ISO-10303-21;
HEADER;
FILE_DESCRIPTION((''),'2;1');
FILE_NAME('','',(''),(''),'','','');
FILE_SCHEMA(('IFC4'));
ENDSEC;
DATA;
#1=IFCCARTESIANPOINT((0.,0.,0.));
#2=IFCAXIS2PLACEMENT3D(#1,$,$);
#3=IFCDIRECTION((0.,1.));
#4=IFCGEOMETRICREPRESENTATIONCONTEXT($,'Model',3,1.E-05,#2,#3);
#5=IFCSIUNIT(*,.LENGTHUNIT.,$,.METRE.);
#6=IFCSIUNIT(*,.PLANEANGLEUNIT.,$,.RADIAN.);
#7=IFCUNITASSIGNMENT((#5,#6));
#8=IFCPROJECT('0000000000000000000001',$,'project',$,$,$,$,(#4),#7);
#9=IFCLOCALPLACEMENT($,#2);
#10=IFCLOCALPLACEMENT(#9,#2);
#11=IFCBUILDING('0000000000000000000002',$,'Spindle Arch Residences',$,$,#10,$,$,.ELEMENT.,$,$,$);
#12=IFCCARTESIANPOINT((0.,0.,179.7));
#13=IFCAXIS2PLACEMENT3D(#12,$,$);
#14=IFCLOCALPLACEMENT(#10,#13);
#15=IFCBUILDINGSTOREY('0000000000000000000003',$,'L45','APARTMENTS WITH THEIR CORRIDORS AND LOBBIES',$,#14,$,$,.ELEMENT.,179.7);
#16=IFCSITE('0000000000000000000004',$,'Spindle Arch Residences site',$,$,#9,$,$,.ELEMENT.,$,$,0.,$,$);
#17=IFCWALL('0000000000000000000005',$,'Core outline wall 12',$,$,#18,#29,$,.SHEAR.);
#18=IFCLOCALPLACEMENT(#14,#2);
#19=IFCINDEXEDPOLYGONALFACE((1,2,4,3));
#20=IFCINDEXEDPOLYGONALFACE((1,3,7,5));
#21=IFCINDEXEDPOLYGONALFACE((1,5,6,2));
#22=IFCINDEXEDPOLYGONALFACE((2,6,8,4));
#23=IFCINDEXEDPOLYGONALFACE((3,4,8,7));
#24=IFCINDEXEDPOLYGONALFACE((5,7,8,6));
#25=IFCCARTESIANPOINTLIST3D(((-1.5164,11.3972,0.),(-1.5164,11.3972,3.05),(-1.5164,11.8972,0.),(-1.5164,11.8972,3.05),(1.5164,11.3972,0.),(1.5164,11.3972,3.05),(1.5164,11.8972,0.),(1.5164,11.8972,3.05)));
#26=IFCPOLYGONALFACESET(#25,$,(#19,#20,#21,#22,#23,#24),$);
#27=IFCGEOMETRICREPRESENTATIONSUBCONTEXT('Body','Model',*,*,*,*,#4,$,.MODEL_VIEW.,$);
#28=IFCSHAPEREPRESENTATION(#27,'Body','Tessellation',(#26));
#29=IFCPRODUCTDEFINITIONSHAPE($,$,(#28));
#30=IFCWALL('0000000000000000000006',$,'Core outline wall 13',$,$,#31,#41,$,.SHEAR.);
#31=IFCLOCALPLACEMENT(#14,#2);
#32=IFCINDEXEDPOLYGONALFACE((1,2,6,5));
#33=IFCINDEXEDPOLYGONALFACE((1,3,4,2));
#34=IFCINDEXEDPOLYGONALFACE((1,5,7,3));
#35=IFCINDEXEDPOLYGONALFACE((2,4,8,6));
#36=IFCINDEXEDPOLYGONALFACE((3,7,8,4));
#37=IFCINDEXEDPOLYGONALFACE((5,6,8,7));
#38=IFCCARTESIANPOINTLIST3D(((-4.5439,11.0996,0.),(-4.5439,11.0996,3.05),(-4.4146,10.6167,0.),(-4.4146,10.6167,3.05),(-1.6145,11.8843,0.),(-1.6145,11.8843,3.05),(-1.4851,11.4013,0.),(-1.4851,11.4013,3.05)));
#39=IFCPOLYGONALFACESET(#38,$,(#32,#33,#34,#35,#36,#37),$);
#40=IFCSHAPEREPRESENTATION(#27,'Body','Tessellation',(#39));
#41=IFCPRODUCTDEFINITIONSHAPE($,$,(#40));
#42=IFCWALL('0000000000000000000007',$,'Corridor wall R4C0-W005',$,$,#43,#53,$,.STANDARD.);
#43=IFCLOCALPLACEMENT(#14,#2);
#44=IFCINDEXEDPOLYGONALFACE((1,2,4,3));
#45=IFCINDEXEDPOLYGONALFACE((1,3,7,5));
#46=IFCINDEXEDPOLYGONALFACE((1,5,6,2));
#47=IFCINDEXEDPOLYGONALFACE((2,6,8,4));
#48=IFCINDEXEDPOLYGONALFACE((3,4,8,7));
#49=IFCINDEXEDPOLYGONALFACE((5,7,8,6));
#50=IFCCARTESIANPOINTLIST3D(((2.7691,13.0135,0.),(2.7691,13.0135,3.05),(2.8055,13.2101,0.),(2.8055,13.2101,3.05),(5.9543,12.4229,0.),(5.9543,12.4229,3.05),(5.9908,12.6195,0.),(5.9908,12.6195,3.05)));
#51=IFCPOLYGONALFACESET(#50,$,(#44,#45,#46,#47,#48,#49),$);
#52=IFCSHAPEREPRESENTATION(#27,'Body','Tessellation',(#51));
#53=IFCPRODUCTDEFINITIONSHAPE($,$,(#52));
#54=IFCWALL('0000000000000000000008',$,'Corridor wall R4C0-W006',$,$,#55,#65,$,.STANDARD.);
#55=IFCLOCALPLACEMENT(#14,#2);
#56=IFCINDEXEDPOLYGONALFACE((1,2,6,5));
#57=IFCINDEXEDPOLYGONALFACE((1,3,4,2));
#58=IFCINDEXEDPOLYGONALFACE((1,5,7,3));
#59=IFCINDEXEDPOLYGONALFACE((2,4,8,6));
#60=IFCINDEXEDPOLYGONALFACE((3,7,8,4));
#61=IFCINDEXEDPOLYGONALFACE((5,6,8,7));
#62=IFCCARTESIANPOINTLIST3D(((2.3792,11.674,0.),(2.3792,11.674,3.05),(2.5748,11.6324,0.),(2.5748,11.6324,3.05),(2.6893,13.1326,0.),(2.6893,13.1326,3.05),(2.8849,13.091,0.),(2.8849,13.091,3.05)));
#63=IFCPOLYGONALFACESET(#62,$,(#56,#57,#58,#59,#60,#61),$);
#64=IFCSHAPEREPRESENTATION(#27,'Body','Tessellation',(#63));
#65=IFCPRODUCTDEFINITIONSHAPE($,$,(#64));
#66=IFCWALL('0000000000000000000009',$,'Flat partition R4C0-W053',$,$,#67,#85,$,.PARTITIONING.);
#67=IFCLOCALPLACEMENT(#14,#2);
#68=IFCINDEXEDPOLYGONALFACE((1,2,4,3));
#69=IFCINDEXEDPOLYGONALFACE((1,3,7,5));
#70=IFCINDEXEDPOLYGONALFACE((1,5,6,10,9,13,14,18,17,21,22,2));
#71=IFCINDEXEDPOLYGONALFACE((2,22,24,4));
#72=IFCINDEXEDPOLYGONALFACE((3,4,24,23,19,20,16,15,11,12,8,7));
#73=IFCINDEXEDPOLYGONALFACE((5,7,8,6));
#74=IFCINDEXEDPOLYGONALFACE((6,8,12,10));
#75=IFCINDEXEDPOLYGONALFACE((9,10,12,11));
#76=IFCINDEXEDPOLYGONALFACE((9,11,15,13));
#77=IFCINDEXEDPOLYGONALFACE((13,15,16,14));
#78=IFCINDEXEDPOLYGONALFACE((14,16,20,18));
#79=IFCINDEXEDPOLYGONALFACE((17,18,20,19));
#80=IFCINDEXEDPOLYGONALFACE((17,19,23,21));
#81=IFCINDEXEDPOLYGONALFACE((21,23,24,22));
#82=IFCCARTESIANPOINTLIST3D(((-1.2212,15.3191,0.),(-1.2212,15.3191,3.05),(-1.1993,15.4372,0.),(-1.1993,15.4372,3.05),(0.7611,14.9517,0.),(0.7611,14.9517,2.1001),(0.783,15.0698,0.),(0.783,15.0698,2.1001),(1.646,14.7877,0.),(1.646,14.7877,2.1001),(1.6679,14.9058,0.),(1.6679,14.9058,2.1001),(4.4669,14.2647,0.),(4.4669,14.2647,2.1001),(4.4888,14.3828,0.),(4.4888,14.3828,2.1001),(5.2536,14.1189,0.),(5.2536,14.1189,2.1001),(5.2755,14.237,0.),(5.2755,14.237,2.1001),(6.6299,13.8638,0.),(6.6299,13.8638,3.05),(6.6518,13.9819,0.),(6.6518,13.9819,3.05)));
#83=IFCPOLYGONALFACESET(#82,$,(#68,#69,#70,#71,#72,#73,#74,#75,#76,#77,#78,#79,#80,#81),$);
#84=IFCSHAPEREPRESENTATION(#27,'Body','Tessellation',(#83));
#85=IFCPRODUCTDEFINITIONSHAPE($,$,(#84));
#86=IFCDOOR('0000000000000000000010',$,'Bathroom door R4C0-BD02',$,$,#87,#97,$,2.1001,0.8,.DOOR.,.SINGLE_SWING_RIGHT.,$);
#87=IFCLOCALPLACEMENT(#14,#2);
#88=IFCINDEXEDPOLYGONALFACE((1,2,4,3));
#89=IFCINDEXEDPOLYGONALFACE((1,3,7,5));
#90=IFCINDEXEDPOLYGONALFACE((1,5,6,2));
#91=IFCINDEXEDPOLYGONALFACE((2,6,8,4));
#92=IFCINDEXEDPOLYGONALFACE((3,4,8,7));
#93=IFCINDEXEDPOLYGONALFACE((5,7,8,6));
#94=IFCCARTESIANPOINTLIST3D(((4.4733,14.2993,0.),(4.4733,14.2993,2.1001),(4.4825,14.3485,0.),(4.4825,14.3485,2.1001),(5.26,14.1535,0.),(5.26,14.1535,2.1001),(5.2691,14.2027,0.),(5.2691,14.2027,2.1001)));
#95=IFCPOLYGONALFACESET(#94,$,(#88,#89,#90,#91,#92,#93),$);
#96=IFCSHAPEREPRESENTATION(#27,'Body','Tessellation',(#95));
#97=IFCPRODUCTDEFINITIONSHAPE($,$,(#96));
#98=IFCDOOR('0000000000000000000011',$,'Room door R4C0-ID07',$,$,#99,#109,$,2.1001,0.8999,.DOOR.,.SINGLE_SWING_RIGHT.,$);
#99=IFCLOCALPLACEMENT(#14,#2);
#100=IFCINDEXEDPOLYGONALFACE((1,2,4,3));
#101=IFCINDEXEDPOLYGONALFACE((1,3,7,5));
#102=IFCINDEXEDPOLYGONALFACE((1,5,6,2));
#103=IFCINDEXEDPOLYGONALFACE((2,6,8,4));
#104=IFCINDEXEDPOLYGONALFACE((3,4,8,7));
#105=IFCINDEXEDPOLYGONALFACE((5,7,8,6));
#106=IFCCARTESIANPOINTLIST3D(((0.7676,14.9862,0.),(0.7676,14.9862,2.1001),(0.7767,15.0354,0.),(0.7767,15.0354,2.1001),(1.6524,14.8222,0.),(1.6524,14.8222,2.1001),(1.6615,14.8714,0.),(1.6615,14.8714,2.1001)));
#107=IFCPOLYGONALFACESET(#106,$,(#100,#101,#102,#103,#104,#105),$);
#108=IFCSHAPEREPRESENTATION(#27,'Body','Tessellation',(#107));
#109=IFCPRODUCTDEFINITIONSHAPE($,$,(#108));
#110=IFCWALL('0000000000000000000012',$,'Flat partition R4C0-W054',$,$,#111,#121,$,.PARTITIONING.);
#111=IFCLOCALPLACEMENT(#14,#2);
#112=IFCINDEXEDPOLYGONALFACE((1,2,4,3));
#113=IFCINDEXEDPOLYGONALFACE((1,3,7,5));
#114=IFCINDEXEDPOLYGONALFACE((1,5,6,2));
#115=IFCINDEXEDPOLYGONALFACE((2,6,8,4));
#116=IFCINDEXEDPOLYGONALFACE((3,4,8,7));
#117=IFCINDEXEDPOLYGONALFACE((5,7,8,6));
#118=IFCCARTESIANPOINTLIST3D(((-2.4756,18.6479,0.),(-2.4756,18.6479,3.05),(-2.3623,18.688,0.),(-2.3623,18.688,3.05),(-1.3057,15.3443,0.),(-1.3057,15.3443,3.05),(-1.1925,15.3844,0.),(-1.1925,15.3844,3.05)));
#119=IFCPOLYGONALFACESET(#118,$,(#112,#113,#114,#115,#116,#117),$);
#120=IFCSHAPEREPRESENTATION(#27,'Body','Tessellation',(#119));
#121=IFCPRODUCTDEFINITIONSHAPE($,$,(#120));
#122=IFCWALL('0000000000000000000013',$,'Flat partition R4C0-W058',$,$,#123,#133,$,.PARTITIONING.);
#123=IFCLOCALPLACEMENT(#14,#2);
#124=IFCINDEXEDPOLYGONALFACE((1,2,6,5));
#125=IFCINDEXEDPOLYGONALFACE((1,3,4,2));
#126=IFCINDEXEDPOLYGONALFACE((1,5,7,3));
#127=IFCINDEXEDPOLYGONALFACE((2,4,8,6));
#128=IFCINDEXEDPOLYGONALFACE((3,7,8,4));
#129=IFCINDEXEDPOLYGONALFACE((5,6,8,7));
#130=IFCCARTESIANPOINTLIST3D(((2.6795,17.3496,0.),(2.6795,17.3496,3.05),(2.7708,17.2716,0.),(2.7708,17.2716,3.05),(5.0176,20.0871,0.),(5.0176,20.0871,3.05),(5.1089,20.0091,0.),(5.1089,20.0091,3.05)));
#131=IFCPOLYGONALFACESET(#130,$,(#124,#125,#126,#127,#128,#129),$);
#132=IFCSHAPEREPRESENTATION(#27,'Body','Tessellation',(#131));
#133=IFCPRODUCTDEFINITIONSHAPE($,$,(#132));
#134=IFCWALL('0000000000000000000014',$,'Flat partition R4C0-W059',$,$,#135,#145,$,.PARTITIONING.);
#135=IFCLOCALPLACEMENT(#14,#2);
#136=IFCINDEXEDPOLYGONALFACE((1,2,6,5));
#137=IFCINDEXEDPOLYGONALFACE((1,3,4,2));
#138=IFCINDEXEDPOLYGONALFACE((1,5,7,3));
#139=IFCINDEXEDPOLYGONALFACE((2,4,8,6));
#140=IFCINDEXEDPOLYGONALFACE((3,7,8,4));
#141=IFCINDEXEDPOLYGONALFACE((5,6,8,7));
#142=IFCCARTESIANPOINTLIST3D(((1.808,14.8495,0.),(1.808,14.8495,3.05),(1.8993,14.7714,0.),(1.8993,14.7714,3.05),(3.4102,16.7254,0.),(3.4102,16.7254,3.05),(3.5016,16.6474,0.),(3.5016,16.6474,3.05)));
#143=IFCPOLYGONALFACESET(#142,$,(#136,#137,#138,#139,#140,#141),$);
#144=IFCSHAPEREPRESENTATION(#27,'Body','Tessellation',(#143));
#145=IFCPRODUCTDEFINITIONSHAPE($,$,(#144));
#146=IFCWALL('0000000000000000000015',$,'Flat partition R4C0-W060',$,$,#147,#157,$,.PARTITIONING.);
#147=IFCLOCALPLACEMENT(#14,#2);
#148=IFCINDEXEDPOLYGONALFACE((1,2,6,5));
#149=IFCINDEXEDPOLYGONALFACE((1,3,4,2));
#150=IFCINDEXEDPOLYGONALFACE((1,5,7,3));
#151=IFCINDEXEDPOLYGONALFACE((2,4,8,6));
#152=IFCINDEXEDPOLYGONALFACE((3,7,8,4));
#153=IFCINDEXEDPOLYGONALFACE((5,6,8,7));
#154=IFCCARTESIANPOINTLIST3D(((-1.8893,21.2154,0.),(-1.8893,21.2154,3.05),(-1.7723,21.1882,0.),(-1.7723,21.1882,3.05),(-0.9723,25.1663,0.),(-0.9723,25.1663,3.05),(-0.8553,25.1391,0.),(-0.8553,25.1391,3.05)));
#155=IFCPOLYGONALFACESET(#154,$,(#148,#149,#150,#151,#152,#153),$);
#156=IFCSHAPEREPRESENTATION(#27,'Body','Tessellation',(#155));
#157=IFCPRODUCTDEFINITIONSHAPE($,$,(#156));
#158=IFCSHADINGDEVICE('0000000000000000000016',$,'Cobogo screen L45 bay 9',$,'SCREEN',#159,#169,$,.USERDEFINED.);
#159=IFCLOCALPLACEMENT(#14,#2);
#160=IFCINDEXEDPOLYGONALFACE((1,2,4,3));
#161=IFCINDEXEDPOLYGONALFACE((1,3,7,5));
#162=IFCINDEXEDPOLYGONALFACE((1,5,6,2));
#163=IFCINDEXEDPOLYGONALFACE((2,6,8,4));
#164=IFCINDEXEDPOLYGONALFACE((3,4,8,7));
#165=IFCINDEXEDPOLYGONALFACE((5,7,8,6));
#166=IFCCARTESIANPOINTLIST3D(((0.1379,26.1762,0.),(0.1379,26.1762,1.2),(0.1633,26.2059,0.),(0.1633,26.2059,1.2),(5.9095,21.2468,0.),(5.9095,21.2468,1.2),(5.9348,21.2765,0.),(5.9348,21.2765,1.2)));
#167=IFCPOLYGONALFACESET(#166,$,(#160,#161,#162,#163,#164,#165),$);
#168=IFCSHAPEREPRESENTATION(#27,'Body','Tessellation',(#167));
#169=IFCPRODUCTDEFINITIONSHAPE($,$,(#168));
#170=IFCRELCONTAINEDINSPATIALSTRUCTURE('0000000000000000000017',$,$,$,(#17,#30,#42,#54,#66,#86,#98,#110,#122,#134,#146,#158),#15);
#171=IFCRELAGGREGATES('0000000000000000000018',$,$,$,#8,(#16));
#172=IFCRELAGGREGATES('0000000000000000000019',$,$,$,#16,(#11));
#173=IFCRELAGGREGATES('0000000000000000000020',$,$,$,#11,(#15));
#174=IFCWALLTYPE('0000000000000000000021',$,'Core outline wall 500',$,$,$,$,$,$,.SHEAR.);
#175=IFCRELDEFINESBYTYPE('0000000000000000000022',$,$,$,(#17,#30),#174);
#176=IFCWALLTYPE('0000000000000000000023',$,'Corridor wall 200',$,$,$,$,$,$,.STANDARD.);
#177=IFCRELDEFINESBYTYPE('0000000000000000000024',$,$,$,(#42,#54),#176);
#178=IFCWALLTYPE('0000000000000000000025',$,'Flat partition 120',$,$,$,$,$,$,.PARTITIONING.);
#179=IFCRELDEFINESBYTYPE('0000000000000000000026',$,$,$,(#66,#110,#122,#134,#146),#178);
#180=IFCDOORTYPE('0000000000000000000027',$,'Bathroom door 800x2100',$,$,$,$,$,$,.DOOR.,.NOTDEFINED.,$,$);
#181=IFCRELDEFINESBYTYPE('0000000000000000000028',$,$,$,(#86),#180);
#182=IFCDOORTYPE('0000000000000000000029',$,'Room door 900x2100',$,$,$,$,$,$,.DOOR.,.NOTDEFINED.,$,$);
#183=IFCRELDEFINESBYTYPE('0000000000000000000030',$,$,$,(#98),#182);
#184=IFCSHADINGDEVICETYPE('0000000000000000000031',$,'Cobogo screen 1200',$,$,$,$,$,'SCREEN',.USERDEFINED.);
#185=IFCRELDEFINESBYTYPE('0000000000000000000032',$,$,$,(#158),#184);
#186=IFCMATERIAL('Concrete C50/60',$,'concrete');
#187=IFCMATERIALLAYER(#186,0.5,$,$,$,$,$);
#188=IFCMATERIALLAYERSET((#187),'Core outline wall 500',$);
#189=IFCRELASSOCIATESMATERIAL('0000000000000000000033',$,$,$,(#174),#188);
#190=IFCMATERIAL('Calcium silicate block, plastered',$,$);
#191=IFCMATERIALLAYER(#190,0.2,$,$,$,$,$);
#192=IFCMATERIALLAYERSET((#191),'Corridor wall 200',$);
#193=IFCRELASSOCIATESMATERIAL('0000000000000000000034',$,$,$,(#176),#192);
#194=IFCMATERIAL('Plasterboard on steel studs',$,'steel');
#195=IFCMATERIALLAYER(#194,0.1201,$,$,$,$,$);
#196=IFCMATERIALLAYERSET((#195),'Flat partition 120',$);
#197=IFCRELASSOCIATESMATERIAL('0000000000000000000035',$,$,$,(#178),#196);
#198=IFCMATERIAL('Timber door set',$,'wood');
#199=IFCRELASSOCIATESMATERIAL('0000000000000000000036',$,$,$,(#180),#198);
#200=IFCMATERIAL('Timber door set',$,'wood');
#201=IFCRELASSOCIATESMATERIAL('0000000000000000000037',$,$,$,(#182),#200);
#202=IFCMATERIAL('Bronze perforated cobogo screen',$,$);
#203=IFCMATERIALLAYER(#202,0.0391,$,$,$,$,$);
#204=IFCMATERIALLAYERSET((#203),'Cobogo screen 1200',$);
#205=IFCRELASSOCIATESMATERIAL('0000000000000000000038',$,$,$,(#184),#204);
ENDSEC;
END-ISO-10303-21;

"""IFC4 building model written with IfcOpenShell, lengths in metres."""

from ifc_helpers import new_model, si_unit, direction, frame, frame_2d, origin, origin_2d, place, context, subcontext, project, spatial, rectangle, extrude, material, layer, layer_set, type_object, element, fill, save


model = new_model("IFC4")

# Units and contexts
model_context = context("Model", 3, precision=1e-05, world=origin(), true_north=direction((0.0, 1.0)))
body_context = subcontext(model_context, "Body", "Model", "MODEL_VIEW")
ifc_project = project(units=[si_unit("LENGTHUNIT", "METRE"), si_unit("PLANEANGLEUNIT", "RADIAN")], contexts=[model_context])

# Site, building, storey
site_placement = place(None, origin())
site = spatial("IfcSite", under=ifc_project, at=site_placement, Name="Spindle Arch Residences site", CompositionType="ELEMENT", RefElevation=0.0)
building_placement = place(site_placement, origin())
building = spatial("IfcBuilding", under=site, at=building_placement, Name="Spindle Arch Residences", CompositionType="ELEMENT")
storey_placement = place(building_placement, frame((0.0, 0.0, 179.7)))
storey = spatial("IfcBuildingStorey", under=building, at=storey_placement, Name="L45", Description="APARTMENTS WITH THEIR CORRIDORS AND LOBBIES", CompositionType="ELEMENT", Elevation=179.7)

# Walls
ifc_material_1 = material(Name="Concrete C50/60", Category="concrete")
ifc_layer_1 = layer(ifc_material_1, 0.5)
ifc_layer_set_1 = layer_set([ifc_layer_1], Name="Core outline wall 500")
wall_type_1 = type_object("IfcWallType", Name="Core outline wall 500", PredefinedType="SHEAR", material=ifc_layer_set_1)
for number, where, z_axis, x_axis, name in (
    (1, (1.5164, 11.6472, 0.0), (0.0, 0.0, 1.0), (-1.0, 0.0, 0.0), "Core outline wall 12"),
    (2, (-1.5498, 11.6428, 0.0), (0.0, 0.0, 1.0), (-0.965948, -0.258735, 0.0), "Core outline wall 13"),
):
    element("IfcWall", number, at=place(storey_placement, frame(where, z_axis=z_axis, x_axis=x_axis)), inside=storey, type_object=wall_type_1, Name=name, PredefinedType="SHEAR", context=body_context, shape_type="SweptSolid", body=[
        extrude(rectangle(XDim=3.0327, YDim=0.5, at=frame_2d((1.5164, 0.0))), origin(), (0.0, 0.0, 1.0), 3.05),
    ])
ifc_material_2 = material(Name="Calcium silicate block, plastered")
ifc_layer_2 = layer(ifc_material_2, 0.2)
ifc_layer_set_2 = layer_set([ifc_layer_2], Name="Corridor wall 200")
wall_type_2 = type_object("IfcWallType", Name="Corridor wall 200", PredefinedType="STANDARD", material=ifc_layer_set_2)
wall_1_placement = place(storey_placement, frame((5.9724, 12.5212, 0.0), z_axis=(0.0, 0.0, 1.0), x_axis=(-0.983243, 0.1823, 0.0)))
element("IfcWall", 3, at=wall_1_placement, inside=storey, type_object=wall_type_2, Name="Corridor wall R4C0-W005", PredefinedType="STANDARD", context=body_context, shape_type="SweptSolid", body=[
    extrude(rectangle(XDim=3.2395, YDim=0.2, at=frame_2d((1.6196, 0.0))), origin(), (0.0, 0.0, 1.0), 3.05),
])
wall_2_placement = place(storey_placement, frame((2.7871, 13.1118, 0.0), z_axis=(0.0, 0.0, 1.0), x_axis=(-0.207941, -0.978141, 0.0)))
element("IfcWall", 4, at=wall_2_placement, inside=storey, type_object=wall_type_2, Name="Corridor wall R4C0-W006", PredefinedType="STANDARD", context=body_context, shape_type="SweptSolid", body=[
    extrude(rectangle(XDim=1.4912, YDim=0.2, at=frame_2d((0.7456, 0.0))), origin(), (0.0, 0.0, 1.0), 3.05),
])

# Wall, openings, doors
ifc_material_3 = material(Name="Plasterboard on steel studs", Category="steel")
ifc_layer_3 = layer(ifc_material_3, 0.1201)
ifc_layer_set_3 = layer_set([ifc_layer_3], Name="Flat partition 120")
wall_type_3 = type_object("IfcWallType", Name="Flat partition 120", PredefinedType="PARTITIONING", material=ifc_layer_set_3)
wall_3_placement = place(storey_placement, frame((6.6409, 13.9229, 0.0), z_axis=(0.0, 0.0, 1.0), x_axis=(-0.98325, 0.182261, 0.0)))
wall_3 = element("IfcWall", 5, at=wall_3_placement, inside=storey, type_object=wall_type_3, Name="Flat partition R4C0-W053", PredefinedType="PARTITIONING", context=body_context, shape_type="SweptSolid", body=[
    extrude(rectangle(XDim=7.9849, YDim=0.1201, at=frame_2d((3.9924, 0.0))), origin(), (0.0, 0.0, 1.0), 3.05),
])
opening_1_placement = place(wall_3_placement, frame((1.3999, 0.0, 0.0)))
opening_1 = element("IfcOpeningElement", 6, at=opening_1_placement, cuts=wall_3, PredefinedType="OPENING", context=body_context, shape_type="SweptSolid", body=[
    extrude(rectangle(XDim=0.8, YDim=2.1001, at=frame_2d((0.3999, 1.05))), frame((0.0, 0.0701, 0.0), z_axis=(0.0, -1.0, 0.0), x_axis=(1.0, 0.0, 0.0)), (0.0, 0.0, 1.0), 0.1401),
])
opening_2_placement = place(wall_3_placement, frame((5.0688, 0.0, 0.0)))
opening_2 = element("IfcOpeningElement", 7, at=opening_2_placement, cuts=wall_3, PredefinedType="OPENING", context=body_context, shape_type="SweptSolid", body=[
    extrude(rectangle(XDim=0.8999, YDim=2.1001, at=frame_2d((0.45, 1.05))), frame((0.0, 0.0701, 0.0), z_axis=(0.0, -1.0, 0.0), x_axis=(1.0, 0.0, 0.0)), (0.0, 0.0, 1.0), 0.1401),
])
ifc_material_4 = material(Name="Timber door set", Category="wood")
door_type_1 = type_object("IfcDoorType", Name="Bathroom door 800x2100", OperationType="NOTDEFINED", PredefinedType="DOOR", material=ifc_material_4)
door_1_placement = place(opening_1_placement, origin())
door_1 = element("IfcDoor", 8, at=door_1_placement, inside=storey, type_object=door_type_1, Name="Bathroom door R4C0-BD02", OperationType="SINGLE_SWING_RIGHT", OverallHeight=2.1001, OverallWidth=0.8, PredefinedType="DOOR", context=body_context, shape_type="SweptSolid", body=[
    extrude(rectangle(XDim=0.8, YDim=2.1001, at=frame_2d((0.3999, 1.05))), frame((0.0, 0.0249, 0.0), z_axis=(0.0, -1.0, 0.0), x_axis=(1.0, 0.0, 0.0)), (0.0, 0.0, 1.0), 0.05),
])
fill(opening_1, door_1)
ifc_material_5 = material(Name="Timber door set", Category="wood")
door_type_2 = type_object("IfcDoorType", Name="Room door 900x2100", OperationType="NOTDEFINED", PredefinedType="DOOR", material=ifc_material_5)
door_2_placement = place(opening_2_placement, origin())
door_2 = element("IfcDoor", 9, at=door_2_placement, inside=storey, type_object=door_type_2, Name="Room door R4C0-ID07", OperationType="SINGLE_SWING_RIGHT", OverallHeight=2.1001, OverallWidth=0.8999, PredefinedType="DOOR", context=body_context, shape_type="SweptSolid", body=[
    extrude(rectangle(XDim=0.8999, YDim=2.1001, at=frame_2d((0.45, 1.05))), frame((0.0, 0.0249, 0.0), z_axis=(0.0, -1.0, 0.0), x_axis=(1.0, 0.0, 0.0)), (0.0, 0.0, 1.0), 0.05),
])
fill(opening_2, door_2)

# Walls
wall_4_placement = place(storey_placement, frame((-1.249, 15.3643, 0.0), z_axis=(0.0, 0.0, 1.0), x_axis=(-0.333811, 0.94264, 0.0)))
element("IfcWall", 10, at=wall_4_placement, inside=storey, type_object=wall_type_3, Name="Flat partition R4C0-W054", PredefinedType="PARTITIONING", context=body_context, shape_type="SweptSolid", body=[
    extrude(rectangle(XDim=3.5046, YDim=0.1201, at=frame_2d((1.7524, 0.0))), origin(), (0.0, 0.0, 1.0), 3.05),
])
wall_5_placement = place(storey_placement, frame((5.0632, 20.0481, 0.0), z_axis=(0.0, 0.0, 1.0), x_axis=(-0.649456, -0.760399, 0.0)))
element("IfcWall", 11, at=wall_5_placement, inside=storey, type_object=wall_type_3, Name="Flat partition R4C0-W058", PredefinedType="PARTITIONING", context=body_context, shape_type="SweptSolid", body=[
    extrude(rectangle(XDim=3.6001, YDim=0.1201, at=frame_2d((1.8, 0.0))), origin(), (0.0, 0.0, 1.0), 3.05),
])
wall_6_placement = place(storey_placement, frame((3.4558, 16.6863, 0.0), z_axis=(0.0, 0.0, 1.0), x_axis=(-0.649462, -0.760394, 0.0)))
element("IfcWall", 12, at=wall_6_placement, inside=storey, type_object=wall_type_3, Name="Flat partition R4C0-W059", PredefinedType="PARTITIONING", context=body_context, shape_type="SweptSolid", body=[
    extrude(rectangle(XDim=2.467, YDim=0.1201, at=frame_2d((1.2334, 0.0))), origin(), (0.0, 0.0, 1.0), 3.05),
])
wall_7_placement = place(storey_placement, frame((-0.9138, 25.1526, 0.0), z_axis=(0.0, 0.0, 1.0), x_axis=(-0.226086, -0.974107, 0.0)))
element("IfcWall", 13, at=wall_7_placement, inside=storey, type_object=wall_type_3, Name="Flat partition R4C0-W060", PredefinedType="PARTITIONING", context=body_context, shape_type="SweptSolid", body=[
    extrude(rectangle(XDim=4.0559, YDim=0.1201, at=frame_2d((2.0278, 0.0))), origin(), (0.0, 0.0, 1.0), 3.05),
])

# Shading device
ifc_material_6 = material(Name="Bronze perforated cobogo screen")
ifc_layer_4 = layer(ifc_material_6, 0.0391)
ifc_layer_set_4 = layer_set([ifc_layer_4], Name="Cobogo screen 1200")
shading_device_type = type_object("IfcShadingDeviceType", Name="Cobogo screen 1200", ElementType="SCREEN", PredefinedType="USERDEFINED", material=ifc_layer_set_4)
shading_device_placement = place(storey_placement, frame((3.0364, 23.7263, 0.0), z_axis=(0.0, 0.0, 1.0), x_axis=(-0.760406, 0.649448, 0.0)))
element("IfcShadingDevice", 14, at=shading_device_placement, inside=storey, type_object=shading_device_type, Name="Cobogo screen L45 bay 9", ObjectType="SCREEN", PredefinedType="USERDEFINED", context=body_context, shape_type="SweptSolid", body=[
    extrude(rectangle(XDim=7.5901, YDim=0.0391, at=origin_2d()), origin(), (0.0, 0.0, 1.0), 1.2),
])

save(model, "model.ifc")
